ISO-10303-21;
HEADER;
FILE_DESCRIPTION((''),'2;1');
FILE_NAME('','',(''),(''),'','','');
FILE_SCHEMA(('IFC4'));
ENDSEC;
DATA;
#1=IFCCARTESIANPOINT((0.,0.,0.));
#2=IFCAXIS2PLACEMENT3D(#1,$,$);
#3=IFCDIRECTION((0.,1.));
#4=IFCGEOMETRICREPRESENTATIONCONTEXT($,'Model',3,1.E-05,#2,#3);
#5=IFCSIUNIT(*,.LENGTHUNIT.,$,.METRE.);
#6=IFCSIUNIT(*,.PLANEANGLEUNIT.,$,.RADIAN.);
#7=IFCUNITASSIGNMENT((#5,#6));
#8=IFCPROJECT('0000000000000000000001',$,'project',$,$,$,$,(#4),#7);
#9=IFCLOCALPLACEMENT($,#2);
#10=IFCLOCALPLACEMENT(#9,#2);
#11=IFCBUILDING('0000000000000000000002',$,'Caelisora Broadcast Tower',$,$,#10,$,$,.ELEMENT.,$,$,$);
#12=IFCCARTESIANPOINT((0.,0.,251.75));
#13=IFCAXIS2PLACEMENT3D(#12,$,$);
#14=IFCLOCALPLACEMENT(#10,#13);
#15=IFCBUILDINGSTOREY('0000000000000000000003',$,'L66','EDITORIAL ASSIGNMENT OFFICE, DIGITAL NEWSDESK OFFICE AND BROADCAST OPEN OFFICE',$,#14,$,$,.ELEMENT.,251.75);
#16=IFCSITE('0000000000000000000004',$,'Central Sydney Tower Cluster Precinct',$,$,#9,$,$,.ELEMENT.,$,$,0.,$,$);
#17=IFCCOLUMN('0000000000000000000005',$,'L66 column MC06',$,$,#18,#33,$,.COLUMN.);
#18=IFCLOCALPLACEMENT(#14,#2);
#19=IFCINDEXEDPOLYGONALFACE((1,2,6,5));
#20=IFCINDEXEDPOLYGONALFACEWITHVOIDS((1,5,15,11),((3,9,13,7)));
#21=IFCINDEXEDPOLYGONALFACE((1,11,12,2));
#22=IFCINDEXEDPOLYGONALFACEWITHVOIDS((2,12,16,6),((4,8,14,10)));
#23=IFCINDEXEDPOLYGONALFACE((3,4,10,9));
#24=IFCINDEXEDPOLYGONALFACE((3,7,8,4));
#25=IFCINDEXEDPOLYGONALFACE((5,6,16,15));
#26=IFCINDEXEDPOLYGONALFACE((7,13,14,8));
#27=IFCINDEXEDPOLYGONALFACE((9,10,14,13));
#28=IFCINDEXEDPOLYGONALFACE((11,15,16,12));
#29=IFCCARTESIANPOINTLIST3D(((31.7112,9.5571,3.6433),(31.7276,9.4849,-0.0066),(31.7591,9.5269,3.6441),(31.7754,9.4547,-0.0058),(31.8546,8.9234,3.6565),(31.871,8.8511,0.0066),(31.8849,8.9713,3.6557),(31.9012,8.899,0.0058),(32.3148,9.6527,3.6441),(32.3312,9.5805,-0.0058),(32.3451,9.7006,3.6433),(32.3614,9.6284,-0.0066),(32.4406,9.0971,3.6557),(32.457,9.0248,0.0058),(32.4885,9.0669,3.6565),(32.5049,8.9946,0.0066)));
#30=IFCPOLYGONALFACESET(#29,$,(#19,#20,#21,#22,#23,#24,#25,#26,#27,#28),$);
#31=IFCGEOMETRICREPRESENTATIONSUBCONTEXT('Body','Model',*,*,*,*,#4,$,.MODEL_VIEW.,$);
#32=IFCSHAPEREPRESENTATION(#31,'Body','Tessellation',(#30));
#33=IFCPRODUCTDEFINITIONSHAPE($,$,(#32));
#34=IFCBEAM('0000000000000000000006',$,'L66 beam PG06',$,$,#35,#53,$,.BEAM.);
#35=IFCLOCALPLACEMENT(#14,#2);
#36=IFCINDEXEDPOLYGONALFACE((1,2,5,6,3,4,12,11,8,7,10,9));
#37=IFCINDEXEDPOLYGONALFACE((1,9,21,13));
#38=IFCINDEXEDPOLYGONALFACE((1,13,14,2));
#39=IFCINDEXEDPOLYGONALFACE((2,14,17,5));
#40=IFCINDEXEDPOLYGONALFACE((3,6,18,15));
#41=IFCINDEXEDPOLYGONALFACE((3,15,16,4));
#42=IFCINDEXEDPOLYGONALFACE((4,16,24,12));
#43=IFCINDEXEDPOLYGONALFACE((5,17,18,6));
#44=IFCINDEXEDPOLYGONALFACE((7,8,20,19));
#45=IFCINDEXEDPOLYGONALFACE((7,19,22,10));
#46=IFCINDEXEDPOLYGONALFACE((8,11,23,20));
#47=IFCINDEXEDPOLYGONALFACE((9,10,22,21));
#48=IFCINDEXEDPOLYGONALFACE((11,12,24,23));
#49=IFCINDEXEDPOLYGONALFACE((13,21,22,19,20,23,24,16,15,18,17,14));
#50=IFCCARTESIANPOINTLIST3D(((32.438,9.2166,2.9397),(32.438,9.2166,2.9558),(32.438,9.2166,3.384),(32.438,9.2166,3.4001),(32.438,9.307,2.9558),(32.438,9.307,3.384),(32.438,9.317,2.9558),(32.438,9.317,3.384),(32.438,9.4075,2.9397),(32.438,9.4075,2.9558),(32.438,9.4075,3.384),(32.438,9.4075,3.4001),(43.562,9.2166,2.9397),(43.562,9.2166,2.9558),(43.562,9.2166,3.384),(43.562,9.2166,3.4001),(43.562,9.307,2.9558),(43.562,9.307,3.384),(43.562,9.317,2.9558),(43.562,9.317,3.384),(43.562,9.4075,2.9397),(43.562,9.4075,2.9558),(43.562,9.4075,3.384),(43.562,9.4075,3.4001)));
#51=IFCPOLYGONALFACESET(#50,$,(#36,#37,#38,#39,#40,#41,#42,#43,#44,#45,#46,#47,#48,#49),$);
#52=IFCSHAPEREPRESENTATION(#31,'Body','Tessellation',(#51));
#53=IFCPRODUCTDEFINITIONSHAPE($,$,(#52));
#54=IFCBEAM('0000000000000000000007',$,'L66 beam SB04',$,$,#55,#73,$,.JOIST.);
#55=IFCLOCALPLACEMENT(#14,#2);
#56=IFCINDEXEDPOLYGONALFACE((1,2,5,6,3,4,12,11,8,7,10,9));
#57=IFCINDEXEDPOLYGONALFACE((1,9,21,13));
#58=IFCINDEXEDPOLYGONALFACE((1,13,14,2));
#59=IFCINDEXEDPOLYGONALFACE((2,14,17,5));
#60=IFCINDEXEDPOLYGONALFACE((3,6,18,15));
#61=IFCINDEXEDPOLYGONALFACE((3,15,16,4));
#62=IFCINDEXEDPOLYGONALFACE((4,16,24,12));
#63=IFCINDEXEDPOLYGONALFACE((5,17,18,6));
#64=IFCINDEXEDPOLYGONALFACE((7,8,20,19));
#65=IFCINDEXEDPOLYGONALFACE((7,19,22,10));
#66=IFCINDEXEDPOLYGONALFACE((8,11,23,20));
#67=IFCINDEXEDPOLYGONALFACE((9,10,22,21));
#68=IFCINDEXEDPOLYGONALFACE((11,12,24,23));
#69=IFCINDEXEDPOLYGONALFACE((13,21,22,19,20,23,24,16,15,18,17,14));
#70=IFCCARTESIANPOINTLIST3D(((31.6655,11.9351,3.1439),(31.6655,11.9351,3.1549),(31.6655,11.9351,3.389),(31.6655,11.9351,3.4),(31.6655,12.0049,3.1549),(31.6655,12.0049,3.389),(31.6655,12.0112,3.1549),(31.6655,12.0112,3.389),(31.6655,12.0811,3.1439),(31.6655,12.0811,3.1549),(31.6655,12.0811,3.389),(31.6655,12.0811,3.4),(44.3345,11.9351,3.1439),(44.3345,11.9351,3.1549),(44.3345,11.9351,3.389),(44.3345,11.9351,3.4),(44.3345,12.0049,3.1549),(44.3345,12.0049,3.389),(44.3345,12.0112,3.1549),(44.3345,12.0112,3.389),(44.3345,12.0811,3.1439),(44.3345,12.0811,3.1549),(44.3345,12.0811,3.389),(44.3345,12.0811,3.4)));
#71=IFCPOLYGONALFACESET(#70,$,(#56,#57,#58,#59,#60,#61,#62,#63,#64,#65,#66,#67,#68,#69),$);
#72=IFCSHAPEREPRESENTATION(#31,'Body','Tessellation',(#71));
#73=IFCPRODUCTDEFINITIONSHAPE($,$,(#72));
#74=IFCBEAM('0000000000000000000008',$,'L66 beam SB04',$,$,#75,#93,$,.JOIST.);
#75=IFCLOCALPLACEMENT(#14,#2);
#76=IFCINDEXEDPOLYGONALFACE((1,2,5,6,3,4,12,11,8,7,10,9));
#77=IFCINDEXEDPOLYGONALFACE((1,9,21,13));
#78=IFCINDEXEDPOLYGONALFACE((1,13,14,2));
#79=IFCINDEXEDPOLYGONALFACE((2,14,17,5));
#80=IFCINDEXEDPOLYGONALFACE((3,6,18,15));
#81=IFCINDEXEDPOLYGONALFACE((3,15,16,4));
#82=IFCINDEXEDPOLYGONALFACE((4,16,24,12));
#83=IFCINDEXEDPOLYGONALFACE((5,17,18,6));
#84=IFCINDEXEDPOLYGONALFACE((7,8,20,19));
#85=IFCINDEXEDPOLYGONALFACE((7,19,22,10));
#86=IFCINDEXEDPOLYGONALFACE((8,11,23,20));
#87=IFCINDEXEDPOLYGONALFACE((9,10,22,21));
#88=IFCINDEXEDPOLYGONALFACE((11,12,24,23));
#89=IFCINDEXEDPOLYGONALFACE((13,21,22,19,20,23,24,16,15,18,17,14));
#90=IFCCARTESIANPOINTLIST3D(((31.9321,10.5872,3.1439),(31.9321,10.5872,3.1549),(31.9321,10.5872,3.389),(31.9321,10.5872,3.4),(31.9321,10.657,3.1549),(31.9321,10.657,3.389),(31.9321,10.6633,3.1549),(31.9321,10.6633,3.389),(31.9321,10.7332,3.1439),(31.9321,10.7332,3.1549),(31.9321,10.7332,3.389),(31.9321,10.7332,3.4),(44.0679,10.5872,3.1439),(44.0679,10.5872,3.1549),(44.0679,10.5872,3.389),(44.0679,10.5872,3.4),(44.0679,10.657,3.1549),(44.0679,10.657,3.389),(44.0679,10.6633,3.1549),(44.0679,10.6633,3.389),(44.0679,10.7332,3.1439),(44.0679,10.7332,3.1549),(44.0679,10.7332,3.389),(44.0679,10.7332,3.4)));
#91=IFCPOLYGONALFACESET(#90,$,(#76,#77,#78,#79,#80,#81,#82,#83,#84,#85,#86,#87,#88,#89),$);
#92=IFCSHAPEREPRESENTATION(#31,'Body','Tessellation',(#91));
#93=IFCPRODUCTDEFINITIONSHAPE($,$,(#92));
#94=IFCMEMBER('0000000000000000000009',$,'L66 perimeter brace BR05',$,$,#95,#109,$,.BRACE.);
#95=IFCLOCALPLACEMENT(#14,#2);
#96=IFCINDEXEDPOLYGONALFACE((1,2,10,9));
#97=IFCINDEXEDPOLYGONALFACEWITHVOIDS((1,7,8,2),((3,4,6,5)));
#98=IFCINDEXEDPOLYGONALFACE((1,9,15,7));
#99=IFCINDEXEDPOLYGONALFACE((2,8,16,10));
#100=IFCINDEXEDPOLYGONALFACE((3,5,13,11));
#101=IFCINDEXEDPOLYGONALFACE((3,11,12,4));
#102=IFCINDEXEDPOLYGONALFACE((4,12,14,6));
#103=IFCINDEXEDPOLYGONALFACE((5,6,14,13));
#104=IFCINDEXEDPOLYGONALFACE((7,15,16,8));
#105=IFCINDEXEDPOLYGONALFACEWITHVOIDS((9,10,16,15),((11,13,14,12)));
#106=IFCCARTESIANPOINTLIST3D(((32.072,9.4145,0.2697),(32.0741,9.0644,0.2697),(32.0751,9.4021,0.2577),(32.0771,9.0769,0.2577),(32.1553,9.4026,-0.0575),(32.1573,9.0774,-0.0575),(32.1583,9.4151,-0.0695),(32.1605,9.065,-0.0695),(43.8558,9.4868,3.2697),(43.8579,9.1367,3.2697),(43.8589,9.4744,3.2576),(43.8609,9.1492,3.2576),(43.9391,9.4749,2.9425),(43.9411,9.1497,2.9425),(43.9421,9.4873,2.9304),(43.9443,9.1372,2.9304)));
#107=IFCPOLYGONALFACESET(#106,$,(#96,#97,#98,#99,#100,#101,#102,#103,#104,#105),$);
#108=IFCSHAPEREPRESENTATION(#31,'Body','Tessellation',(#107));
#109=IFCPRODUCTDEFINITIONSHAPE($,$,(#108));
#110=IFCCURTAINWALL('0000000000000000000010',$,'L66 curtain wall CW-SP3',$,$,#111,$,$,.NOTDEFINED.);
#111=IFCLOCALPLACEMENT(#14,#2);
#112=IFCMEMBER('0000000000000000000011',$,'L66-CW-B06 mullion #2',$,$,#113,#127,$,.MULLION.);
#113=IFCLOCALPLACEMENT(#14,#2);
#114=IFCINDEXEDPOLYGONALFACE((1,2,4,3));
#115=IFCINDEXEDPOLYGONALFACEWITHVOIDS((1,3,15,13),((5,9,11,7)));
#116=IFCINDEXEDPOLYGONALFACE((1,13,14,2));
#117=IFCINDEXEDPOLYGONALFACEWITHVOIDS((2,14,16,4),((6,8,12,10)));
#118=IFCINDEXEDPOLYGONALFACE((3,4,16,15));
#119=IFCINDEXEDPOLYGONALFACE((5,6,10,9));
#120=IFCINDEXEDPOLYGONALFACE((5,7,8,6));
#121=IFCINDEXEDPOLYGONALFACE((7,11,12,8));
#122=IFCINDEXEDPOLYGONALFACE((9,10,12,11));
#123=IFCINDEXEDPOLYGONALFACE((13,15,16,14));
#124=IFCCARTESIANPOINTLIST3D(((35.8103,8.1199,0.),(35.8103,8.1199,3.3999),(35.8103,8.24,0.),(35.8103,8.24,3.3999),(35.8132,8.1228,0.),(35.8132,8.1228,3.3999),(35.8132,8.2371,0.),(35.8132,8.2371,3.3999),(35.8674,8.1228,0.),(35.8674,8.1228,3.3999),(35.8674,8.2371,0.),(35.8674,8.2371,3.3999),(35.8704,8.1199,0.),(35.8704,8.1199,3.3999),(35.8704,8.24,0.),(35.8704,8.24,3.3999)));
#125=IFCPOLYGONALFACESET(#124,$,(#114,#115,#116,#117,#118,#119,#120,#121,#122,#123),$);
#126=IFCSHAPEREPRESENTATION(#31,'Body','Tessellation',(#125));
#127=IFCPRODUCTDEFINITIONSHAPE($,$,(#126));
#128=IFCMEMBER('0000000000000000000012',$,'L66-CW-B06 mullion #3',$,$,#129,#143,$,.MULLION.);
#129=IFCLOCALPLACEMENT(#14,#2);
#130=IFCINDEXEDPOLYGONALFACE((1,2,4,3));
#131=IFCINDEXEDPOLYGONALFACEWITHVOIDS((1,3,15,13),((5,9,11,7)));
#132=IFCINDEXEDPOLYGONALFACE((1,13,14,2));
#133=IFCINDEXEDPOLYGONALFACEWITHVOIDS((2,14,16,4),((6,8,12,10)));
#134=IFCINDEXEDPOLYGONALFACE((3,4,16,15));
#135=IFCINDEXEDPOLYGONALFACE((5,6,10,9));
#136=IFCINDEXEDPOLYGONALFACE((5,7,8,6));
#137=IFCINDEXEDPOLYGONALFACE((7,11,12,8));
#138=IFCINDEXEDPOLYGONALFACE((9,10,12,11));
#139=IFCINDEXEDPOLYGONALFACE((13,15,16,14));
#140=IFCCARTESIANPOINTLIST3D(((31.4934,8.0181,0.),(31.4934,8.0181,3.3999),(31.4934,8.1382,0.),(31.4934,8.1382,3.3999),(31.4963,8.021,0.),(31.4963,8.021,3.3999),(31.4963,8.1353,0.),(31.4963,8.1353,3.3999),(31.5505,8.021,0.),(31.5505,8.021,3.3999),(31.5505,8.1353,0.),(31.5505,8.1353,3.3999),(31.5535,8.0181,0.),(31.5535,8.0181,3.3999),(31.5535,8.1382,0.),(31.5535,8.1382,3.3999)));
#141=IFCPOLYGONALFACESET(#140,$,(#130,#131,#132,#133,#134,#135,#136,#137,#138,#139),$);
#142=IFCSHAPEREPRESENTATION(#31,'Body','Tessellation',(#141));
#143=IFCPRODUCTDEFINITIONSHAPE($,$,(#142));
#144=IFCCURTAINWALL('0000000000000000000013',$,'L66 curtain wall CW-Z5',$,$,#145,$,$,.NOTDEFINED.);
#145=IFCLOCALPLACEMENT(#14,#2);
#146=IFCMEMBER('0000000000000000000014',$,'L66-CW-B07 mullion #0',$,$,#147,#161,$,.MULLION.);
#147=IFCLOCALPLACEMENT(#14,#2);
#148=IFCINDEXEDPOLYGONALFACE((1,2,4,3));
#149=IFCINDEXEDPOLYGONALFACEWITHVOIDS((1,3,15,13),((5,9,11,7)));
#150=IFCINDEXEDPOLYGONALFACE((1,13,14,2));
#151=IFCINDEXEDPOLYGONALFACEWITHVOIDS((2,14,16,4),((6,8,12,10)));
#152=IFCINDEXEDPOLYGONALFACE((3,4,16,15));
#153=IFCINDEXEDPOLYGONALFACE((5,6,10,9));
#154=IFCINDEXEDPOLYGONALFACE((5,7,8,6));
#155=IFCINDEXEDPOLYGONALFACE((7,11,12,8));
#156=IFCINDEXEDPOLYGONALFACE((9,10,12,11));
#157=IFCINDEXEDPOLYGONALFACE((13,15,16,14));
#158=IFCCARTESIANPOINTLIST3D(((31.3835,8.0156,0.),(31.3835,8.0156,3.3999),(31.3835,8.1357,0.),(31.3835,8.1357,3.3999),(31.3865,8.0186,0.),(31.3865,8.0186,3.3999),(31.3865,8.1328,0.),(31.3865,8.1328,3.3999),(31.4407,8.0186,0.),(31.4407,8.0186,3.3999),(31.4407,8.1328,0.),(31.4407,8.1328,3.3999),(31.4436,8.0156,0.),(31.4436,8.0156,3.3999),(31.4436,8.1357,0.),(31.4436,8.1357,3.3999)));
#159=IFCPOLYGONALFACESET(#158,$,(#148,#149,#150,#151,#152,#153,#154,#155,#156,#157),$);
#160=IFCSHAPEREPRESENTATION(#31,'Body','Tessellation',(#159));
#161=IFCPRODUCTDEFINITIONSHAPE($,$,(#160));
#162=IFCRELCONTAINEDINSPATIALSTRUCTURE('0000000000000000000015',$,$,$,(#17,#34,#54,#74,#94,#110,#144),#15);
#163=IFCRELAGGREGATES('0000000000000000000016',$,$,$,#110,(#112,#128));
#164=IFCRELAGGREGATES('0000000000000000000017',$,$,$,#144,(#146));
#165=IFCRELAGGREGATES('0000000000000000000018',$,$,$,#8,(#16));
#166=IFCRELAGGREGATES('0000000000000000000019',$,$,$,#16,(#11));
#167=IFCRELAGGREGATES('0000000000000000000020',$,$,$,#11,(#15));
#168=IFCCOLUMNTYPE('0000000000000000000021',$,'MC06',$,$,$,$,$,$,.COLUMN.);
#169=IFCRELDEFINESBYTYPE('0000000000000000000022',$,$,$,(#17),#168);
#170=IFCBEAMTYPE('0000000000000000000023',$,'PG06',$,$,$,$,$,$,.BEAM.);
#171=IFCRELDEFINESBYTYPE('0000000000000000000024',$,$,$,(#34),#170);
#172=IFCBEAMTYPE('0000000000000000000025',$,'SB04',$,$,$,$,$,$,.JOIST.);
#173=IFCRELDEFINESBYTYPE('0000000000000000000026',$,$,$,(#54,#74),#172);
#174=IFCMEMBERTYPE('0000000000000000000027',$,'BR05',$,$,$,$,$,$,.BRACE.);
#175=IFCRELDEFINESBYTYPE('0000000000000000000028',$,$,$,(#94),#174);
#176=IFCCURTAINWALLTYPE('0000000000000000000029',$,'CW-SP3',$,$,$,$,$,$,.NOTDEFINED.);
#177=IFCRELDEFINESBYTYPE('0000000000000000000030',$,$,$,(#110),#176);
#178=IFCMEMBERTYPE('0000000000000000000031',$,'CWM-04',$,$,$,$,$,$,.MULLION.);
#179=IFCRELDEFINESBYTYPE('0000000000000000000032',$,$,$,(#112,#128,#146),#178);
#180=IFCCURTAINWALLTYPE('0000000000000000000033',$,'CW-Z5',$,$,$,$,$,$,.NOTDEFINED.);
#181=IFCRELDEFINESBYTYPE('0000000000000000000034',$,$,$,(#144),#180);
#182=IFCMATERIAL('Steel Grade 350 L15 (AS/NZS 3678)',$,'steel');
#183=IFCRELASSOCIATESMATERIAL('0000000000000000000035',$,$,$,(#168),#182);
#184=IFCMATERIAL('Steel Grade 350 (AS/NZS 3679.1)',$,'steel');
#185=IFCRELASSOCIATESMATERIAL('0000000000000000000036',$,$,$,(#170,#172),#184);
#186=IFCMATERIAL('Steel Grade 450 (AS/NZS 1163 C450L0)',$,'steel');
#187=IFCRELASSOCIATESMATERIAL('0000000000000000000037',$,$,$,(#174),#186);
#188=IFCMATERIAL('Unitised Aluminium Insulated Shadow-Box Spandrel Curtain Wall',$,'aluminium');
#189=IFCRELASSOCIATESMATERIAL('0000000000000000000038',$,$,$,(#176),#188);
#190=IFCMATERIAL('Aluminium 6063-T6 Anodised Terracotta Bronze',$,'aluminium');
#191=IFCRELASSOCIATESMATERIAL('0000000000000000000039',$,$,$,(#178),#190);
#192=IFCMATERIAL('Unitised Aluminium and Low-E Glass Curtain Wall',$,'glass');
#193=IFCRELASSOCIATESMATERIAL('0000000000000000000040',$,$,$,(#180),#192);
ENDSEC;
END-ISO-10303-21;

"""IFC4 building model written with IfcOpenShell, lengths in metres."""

from ifc_helpers import new_model, si_unit, direction, frame, origin, origin_2d, place, context, subcontext, project, spatial, hollow_rectangle, i_section, extrude, source, transform, mapped, material, material_profile, profile_set, type_object, type_shapes, element, aggregate, save


model = new_model("IFC4")

# Units and contexts
model_context = context("Model", 3, precision=1e-05, world=origin(), true_north=direction((0.0, 1.0)))
body_context = subcontext(model_context, "Body", "Model", "MODEL_VIEW")
ifc_project = project(units=[si_unit("LENGTHUNIT", "METRE"), si_unit("PLANEANGLEUNIT", "RADIAN")], contexts=[model_context])

# Site, building, storey
site_placement = place(None, origin())
site = spatial("IfcSite", under=ifc_project, at=site_placement, Name="Central Sydney Tower Cluster Precinct", CompositionType="ELEMENT", RefElevation=0.0)
building_placement = place(site_placement, origin())
building = spatial("IfcBuilding", under=site, at=building_placement, Name="Caelisora Broadcast Tower", CompositionType="ELEMENT")
storey_placement = place(building_placement, frame((0.0, 0.0, 251.75)))
storey = spatial("IfcBuildingStorey", under=building, at=storey_placement, Name="L66", Description="EDITORIAL ASSIGNMENT OFFICE, DIGITAL NEWSDESK OFFICE AND BROADCAST OPEN OFFICE", CompositionType="ELEMENT", Elevation=251.75)

# Column
ifc_material_1 = material(Name="Steel Grade 350 L15 (AS/NZS 3678)", Category="steel")
ifc_material_profile_1 = material_profile(ifc_material_1, hollow_rectangle(XDim=0.6499, YDim=0.6499, WallThickness=0.04, at=origin_2d()), Name="Steel Grade 350 L15 (AS/NZS 3678)")
ifc_profile_set_1 = profile_set([ifc_material_profile_1], Name="Steel Grade 350 L15 (AS/NZS 3678)")
column_type = type_object("IfcColumnType", Name="MC06", PredefinedType="COLUMN", material=ifc_profile_set_1)
shared_shape_1 = source(origin(), body_context, "Body", "SweptSolid", [
    extrude(hollow_rectangle(XDim=0.6499, YDim=0.6499, WallThickness=0.04, at=origin_2d()), origin(), (0.0, 0.0, 1.0), 3.6506),
])
type_shapes(column_type, [shared_shape_1])
column_placement = place(storey_placement, frame((32.1162, 9.2397, 0.0), z_axis=(-0.004481, 0.019795, 0.999794), x_axis=(-0.975327, -0.220767, 0.0)))
element("IfcColumn", 1, at=column_placement, inside=storey, type_object=column_type, Name="L66 column MC06", PredefinedType="COLUMN", context=body_context, shape_type="MappedRepresentation", body=[
    mapped(shared_shape_1, transform((0.0, 0.0, 0.0), scale=1.0)),
])

# Beams
ifc_material_2 = material(Name="Steel Grade 350 (AS/NZS 3679.1)", Category="steel")
ifc_material_profile_2 = material_profile(ifc_material_2, i_section(OverallWidth=0.1909, OverallDepth=0.4604, WebThickness=0.01, FlangeThickness=0.0161, at=origin_2d()), Name="Steel Grade 350 (AS/NZS 3679.1)")
ifc_profile_set_2 = profile_set([ifc_material_profile_2], Name="Steel Grade 350 (AS/NZS 3679.1)")
beam_type_1 = type_object("IfcBeamType", Name="PG06", PredefinedType="BEAM", material=ifc_profile_set_2)
shared_shape_2 = source(origin(), body_context, "Body", "SweptSolid", [
    extrude(i_section(OverallWidth=0.1909, OverallDepth=0.4604, WebThickness=0.01, FlangeThickness=0.0161, at=origin_2d()), origin(), (0.0, 0.0, 1.0), 11.124),
])
type_shapes(beam_type_1, [shared_shape_2])
beam_1_placement = place(storey_placement, frame((32.438, 9.312, 3.1699), z_axis=(1.0, 0.0, 0.0), x_axis=(0.0, 1.0, 0.0)))
element("IfcBeam", 2, at=beam_1_placement, inside=storey, type_object=beam_type_1, Name="L66 beam PG06", PredefinedType="BEAM", context=body_context, shape_type="MappedRepresentation", body=[
    mapped(shared_shape_2, transform((0.0, 0.0, 0.0), scale=1.0)),
])
ifc_material_profile_3 = material_profile(ifc_material_2, i_section(OverallWidth=0.146, OverallDepth=0.2561, WebThickness=0.0063, FlangeThickness=0.011, at=origin_2d()), Name="Steel Grade 350 (AS/NZS 3679.1)")
ifc_profile_set_3 = profile_set([ifc_material_profile_3], Name="Steel Grade 350 (AS/NZS 3679.1)")
beam_type_2 = type_object("IfcBeamType", Name="SB04", PredefinedType="JOIST", material=ifc_profile_set_3)
shared_shape_3 = source(origin(), body_context, "Body", "SweptSolid", [
    extrude(i_section(OverallWidth=0.146, OverallDepth=0.2561, WebThickness=0.0063, FlangeThickness=0.011, at=origin_2d()), origin(), (0.0, 0.0, 1.0), 12.6689),
])
beam_2_placement = place(storey_placement, frame((31.6655, 12.0081, 3.272), z_axis=(1.0, 0.0, 0.0), x_axis=(0.0, 1.0, 0.0)))
element("IfcBeam", 3, at=beam_2_placement, inside=storey, type_object=beam_type_2, Name="L66 beam SB04", PredefinedType="JOIST", context=body_context, shape_type="MappedRepresentation", body=[
    mapped(shared_shape_3, transform((0.0, 0.0, 0.0), scale=1.0)),
])
shared_shape_4 = source(origin(), body_context, "Body", "SweptSolid", [
    extrude(i_section(OverallWidth=0.146, OverallDepth=0.2561, WebThickness=0.0063, FlangeThickness=0.011, at=origin_2d()), origin(), (0.0, 0.0, 1.0), 12.1357),
])
type_shapes(beam_type_2, [shared_shape_3, shared_shape_4])
beam_3_placement = place(storey_placement, frame((31.9321, 10.6602, 3.272), z_axis=(1.0, 0.0, 0.0), x_axis=(0.0, 1.0, 0.0)))
element("IfcBeam", 4, at=beam_3_placement, inside=storey, type_object=beam_type_2, Name="L66 beam SB04", PredefinedType="JOIST", context=body_context, shape_type="MappedRepresentation", body=[
    mapped(shared_shape_4, transform((0.0, 0.0, 0.0), scale=1.0)),
])

# Member
ifc_material_3 = material(Name="Steel Grade 450 (AS/NZS 1163 C450L0)", Category="steel")
ifc_material_profile_4 = material_profile(ifc_material_3, hollow_rectangle(XDim=0.3501, YDim=0.3501, WallThickness=0.0125, at=origin_2d()), Name="Steel Grade 450 (AS/NZS 1163 C450L0)")
ifc_profile_set_4 = profile_set([ifc_material_profile_4], Name="Steel Grade 450 (AS/NZS 1163 C450L0)")
member_type_1 = type_object("IfcMemberType", Name="BR05", PredefinedType="BRACE", material=ifc_profile_set_4)
shared_shape_5 = source(origin(), body_context, "Body", "SweptSolid", [
    extrude(hollow_rectangle(XDim=0.3501, YDim=0.3501, WallThickness=0.0125, at=origin_2d()), origin(), (0.0, 0.0, 1.0), 12.1599),
])
type_shapes(member_type_1, [shared_shape_5])
member_1_placement = place(storey_placement, frame((32.1162, 9.2397, 0.1001), z_axis=(0.969071, 0.005943, 0.24671), x_axis=(-0.006132, 0.999981, 0.0)))
element("IfcMember", 5, at=member_1_placement, inside=storey, type_object=member_type_1, Name="L66 perimeter brace BR05", PredefinedType="BRACE", context=body_context, shape_type="MappedRepresentation", body=[
    mapped(shared_shape_5, transform((0.0, 0.0, 0.0), scale=1.0)),
])

# Curtain walls, members
ifc_material_4 = material(Name="Unitised Aluminium Insulated Shadow-Box Spandrel Curtain Wall", Category="aluminium")
curtain_wall_type_1 = type_object("IfcCurtainWallType", Name="CW-SP3", PredefinedType="NOTDEFINED", material=ifc_material_4)
curtain_wall_1_placement = place(storey_placement, origin())
curtain_wall_1 = element("IfcCurtainWall", 6, at=curtain_wall_1_placement, inside=storey, type_object=curtain_wall_type_1, Name="L66 curtain wall CW-SP3", PredefinedType="NOTDEFINED")
ifc_material_5 = material(Name="Aluminium 6063-T6 Anodised Terracotta Bronze", Category="aluminium")
ifc_material_profile_5 = material_profile(ifc_material_5, hollow_rectangle(XDim=0.0601, YDim=0.1201, WallThickness=0.0029, at=origin_2d()), Name="Aluminium 6063-T6 Anodised Terracotta Bronze")
ifc_profile_set_5 = profile_set([ifc_material_profile_5], Name="Aluminium 6063-T6 Anodised Terracotta Bronze")
member_type_2 = type_object("IfcMemberType", Name="CWM-04", PredefinedType="MULLION", material=ifc_profile_set_5)
shared_shape_6 = source(origin(), body_context, "Body", "SweptSolid", [
    extrude(hollow_rectangle(XDim=0.0601, YDim=0.1201, WallThickness=0.0029, at=origin_2d()), origin(), (0.0, 0.0, 1.0), 3.3999),
])
type_shapes(member_type_2, [shared_shape_6])
member_2_placement = place(storey_placement, frame((35.8403, 8.1799, 0.0), z_axis=(0.0, 0.0, 1.0), x_axis=(1.0, 0.0, 0.0)))
member_2 = element("IfcMember", 7, at=member_2_placement, type_object=member_type_2, Name="L66-CW-B06 mullion #2", PredefinedType="MULLION", context=body_context, shape_type="MappedRepresentation", body=[
    mapped(shared_shape_6, transform((0.0, 0.0, 0.0), scale=1.0)),
])
member_3_placement = place(storey_placement, frame((31.5234, 8.0781, 0.0), z_axis=(0.0, 0.0, 1.0), x_axis=(1.0, 0.0, 0.0)))
member_3 = element("IfcMember", 8, at=member_3_placement, type_object=member_type_2, Name="L66-CW-B06 mullion #3", PredefinedType="MULLION", context=body_context, shape_type="MappedRepresentation", body=[
    mapped(shared_shape_6, transform((0.0, 0.0, 0.0), scale=1.0)),
])
ifc_material_6 = material(Name="Unitised Aluminium and Low-E Glass Curtain Wall", Category="glass")
curtain_wall_type_2 = type_object("IfcCurtainWallType", Name="CW-Z5", PredefinedType="NOTDEFINED", material=ifc_material_6)
curtain_wall_2_placement = place(storey_placement, origin())
curtain_wall_2 = element("IfcCurtainWall", 9, at=curtain_wall_2_placement, inside=storey, type_object=curtain_wall_type_2, Name="L66 curtain wall CW-Z5", PredefinedType="NOTDEFINED")
member_4_placement = place(storey_placement, frame((31.4136, 8.0757, 0.0), z_axis=(0.0, 0.0, 1.0), x_axis=(1.0, 0.0, 0.0)))
member_4 = element("IfcMember", 10, at=member_4_placement, type_object=member_type_2, Name="L66-CW-B07 mullion #0", PredefinedType="MULLION", context=body_context, shape_type="MappedRepresentation", body=[
    mapped(shared_shape_6, transform((0.0, 0.0, 0.0), scale=1.0)),
])

aggregate(curtain_wall_1, [member_2, member_3])
aggregate(curtain_wall_2, [member_4])

save(model, "model.ifc")
